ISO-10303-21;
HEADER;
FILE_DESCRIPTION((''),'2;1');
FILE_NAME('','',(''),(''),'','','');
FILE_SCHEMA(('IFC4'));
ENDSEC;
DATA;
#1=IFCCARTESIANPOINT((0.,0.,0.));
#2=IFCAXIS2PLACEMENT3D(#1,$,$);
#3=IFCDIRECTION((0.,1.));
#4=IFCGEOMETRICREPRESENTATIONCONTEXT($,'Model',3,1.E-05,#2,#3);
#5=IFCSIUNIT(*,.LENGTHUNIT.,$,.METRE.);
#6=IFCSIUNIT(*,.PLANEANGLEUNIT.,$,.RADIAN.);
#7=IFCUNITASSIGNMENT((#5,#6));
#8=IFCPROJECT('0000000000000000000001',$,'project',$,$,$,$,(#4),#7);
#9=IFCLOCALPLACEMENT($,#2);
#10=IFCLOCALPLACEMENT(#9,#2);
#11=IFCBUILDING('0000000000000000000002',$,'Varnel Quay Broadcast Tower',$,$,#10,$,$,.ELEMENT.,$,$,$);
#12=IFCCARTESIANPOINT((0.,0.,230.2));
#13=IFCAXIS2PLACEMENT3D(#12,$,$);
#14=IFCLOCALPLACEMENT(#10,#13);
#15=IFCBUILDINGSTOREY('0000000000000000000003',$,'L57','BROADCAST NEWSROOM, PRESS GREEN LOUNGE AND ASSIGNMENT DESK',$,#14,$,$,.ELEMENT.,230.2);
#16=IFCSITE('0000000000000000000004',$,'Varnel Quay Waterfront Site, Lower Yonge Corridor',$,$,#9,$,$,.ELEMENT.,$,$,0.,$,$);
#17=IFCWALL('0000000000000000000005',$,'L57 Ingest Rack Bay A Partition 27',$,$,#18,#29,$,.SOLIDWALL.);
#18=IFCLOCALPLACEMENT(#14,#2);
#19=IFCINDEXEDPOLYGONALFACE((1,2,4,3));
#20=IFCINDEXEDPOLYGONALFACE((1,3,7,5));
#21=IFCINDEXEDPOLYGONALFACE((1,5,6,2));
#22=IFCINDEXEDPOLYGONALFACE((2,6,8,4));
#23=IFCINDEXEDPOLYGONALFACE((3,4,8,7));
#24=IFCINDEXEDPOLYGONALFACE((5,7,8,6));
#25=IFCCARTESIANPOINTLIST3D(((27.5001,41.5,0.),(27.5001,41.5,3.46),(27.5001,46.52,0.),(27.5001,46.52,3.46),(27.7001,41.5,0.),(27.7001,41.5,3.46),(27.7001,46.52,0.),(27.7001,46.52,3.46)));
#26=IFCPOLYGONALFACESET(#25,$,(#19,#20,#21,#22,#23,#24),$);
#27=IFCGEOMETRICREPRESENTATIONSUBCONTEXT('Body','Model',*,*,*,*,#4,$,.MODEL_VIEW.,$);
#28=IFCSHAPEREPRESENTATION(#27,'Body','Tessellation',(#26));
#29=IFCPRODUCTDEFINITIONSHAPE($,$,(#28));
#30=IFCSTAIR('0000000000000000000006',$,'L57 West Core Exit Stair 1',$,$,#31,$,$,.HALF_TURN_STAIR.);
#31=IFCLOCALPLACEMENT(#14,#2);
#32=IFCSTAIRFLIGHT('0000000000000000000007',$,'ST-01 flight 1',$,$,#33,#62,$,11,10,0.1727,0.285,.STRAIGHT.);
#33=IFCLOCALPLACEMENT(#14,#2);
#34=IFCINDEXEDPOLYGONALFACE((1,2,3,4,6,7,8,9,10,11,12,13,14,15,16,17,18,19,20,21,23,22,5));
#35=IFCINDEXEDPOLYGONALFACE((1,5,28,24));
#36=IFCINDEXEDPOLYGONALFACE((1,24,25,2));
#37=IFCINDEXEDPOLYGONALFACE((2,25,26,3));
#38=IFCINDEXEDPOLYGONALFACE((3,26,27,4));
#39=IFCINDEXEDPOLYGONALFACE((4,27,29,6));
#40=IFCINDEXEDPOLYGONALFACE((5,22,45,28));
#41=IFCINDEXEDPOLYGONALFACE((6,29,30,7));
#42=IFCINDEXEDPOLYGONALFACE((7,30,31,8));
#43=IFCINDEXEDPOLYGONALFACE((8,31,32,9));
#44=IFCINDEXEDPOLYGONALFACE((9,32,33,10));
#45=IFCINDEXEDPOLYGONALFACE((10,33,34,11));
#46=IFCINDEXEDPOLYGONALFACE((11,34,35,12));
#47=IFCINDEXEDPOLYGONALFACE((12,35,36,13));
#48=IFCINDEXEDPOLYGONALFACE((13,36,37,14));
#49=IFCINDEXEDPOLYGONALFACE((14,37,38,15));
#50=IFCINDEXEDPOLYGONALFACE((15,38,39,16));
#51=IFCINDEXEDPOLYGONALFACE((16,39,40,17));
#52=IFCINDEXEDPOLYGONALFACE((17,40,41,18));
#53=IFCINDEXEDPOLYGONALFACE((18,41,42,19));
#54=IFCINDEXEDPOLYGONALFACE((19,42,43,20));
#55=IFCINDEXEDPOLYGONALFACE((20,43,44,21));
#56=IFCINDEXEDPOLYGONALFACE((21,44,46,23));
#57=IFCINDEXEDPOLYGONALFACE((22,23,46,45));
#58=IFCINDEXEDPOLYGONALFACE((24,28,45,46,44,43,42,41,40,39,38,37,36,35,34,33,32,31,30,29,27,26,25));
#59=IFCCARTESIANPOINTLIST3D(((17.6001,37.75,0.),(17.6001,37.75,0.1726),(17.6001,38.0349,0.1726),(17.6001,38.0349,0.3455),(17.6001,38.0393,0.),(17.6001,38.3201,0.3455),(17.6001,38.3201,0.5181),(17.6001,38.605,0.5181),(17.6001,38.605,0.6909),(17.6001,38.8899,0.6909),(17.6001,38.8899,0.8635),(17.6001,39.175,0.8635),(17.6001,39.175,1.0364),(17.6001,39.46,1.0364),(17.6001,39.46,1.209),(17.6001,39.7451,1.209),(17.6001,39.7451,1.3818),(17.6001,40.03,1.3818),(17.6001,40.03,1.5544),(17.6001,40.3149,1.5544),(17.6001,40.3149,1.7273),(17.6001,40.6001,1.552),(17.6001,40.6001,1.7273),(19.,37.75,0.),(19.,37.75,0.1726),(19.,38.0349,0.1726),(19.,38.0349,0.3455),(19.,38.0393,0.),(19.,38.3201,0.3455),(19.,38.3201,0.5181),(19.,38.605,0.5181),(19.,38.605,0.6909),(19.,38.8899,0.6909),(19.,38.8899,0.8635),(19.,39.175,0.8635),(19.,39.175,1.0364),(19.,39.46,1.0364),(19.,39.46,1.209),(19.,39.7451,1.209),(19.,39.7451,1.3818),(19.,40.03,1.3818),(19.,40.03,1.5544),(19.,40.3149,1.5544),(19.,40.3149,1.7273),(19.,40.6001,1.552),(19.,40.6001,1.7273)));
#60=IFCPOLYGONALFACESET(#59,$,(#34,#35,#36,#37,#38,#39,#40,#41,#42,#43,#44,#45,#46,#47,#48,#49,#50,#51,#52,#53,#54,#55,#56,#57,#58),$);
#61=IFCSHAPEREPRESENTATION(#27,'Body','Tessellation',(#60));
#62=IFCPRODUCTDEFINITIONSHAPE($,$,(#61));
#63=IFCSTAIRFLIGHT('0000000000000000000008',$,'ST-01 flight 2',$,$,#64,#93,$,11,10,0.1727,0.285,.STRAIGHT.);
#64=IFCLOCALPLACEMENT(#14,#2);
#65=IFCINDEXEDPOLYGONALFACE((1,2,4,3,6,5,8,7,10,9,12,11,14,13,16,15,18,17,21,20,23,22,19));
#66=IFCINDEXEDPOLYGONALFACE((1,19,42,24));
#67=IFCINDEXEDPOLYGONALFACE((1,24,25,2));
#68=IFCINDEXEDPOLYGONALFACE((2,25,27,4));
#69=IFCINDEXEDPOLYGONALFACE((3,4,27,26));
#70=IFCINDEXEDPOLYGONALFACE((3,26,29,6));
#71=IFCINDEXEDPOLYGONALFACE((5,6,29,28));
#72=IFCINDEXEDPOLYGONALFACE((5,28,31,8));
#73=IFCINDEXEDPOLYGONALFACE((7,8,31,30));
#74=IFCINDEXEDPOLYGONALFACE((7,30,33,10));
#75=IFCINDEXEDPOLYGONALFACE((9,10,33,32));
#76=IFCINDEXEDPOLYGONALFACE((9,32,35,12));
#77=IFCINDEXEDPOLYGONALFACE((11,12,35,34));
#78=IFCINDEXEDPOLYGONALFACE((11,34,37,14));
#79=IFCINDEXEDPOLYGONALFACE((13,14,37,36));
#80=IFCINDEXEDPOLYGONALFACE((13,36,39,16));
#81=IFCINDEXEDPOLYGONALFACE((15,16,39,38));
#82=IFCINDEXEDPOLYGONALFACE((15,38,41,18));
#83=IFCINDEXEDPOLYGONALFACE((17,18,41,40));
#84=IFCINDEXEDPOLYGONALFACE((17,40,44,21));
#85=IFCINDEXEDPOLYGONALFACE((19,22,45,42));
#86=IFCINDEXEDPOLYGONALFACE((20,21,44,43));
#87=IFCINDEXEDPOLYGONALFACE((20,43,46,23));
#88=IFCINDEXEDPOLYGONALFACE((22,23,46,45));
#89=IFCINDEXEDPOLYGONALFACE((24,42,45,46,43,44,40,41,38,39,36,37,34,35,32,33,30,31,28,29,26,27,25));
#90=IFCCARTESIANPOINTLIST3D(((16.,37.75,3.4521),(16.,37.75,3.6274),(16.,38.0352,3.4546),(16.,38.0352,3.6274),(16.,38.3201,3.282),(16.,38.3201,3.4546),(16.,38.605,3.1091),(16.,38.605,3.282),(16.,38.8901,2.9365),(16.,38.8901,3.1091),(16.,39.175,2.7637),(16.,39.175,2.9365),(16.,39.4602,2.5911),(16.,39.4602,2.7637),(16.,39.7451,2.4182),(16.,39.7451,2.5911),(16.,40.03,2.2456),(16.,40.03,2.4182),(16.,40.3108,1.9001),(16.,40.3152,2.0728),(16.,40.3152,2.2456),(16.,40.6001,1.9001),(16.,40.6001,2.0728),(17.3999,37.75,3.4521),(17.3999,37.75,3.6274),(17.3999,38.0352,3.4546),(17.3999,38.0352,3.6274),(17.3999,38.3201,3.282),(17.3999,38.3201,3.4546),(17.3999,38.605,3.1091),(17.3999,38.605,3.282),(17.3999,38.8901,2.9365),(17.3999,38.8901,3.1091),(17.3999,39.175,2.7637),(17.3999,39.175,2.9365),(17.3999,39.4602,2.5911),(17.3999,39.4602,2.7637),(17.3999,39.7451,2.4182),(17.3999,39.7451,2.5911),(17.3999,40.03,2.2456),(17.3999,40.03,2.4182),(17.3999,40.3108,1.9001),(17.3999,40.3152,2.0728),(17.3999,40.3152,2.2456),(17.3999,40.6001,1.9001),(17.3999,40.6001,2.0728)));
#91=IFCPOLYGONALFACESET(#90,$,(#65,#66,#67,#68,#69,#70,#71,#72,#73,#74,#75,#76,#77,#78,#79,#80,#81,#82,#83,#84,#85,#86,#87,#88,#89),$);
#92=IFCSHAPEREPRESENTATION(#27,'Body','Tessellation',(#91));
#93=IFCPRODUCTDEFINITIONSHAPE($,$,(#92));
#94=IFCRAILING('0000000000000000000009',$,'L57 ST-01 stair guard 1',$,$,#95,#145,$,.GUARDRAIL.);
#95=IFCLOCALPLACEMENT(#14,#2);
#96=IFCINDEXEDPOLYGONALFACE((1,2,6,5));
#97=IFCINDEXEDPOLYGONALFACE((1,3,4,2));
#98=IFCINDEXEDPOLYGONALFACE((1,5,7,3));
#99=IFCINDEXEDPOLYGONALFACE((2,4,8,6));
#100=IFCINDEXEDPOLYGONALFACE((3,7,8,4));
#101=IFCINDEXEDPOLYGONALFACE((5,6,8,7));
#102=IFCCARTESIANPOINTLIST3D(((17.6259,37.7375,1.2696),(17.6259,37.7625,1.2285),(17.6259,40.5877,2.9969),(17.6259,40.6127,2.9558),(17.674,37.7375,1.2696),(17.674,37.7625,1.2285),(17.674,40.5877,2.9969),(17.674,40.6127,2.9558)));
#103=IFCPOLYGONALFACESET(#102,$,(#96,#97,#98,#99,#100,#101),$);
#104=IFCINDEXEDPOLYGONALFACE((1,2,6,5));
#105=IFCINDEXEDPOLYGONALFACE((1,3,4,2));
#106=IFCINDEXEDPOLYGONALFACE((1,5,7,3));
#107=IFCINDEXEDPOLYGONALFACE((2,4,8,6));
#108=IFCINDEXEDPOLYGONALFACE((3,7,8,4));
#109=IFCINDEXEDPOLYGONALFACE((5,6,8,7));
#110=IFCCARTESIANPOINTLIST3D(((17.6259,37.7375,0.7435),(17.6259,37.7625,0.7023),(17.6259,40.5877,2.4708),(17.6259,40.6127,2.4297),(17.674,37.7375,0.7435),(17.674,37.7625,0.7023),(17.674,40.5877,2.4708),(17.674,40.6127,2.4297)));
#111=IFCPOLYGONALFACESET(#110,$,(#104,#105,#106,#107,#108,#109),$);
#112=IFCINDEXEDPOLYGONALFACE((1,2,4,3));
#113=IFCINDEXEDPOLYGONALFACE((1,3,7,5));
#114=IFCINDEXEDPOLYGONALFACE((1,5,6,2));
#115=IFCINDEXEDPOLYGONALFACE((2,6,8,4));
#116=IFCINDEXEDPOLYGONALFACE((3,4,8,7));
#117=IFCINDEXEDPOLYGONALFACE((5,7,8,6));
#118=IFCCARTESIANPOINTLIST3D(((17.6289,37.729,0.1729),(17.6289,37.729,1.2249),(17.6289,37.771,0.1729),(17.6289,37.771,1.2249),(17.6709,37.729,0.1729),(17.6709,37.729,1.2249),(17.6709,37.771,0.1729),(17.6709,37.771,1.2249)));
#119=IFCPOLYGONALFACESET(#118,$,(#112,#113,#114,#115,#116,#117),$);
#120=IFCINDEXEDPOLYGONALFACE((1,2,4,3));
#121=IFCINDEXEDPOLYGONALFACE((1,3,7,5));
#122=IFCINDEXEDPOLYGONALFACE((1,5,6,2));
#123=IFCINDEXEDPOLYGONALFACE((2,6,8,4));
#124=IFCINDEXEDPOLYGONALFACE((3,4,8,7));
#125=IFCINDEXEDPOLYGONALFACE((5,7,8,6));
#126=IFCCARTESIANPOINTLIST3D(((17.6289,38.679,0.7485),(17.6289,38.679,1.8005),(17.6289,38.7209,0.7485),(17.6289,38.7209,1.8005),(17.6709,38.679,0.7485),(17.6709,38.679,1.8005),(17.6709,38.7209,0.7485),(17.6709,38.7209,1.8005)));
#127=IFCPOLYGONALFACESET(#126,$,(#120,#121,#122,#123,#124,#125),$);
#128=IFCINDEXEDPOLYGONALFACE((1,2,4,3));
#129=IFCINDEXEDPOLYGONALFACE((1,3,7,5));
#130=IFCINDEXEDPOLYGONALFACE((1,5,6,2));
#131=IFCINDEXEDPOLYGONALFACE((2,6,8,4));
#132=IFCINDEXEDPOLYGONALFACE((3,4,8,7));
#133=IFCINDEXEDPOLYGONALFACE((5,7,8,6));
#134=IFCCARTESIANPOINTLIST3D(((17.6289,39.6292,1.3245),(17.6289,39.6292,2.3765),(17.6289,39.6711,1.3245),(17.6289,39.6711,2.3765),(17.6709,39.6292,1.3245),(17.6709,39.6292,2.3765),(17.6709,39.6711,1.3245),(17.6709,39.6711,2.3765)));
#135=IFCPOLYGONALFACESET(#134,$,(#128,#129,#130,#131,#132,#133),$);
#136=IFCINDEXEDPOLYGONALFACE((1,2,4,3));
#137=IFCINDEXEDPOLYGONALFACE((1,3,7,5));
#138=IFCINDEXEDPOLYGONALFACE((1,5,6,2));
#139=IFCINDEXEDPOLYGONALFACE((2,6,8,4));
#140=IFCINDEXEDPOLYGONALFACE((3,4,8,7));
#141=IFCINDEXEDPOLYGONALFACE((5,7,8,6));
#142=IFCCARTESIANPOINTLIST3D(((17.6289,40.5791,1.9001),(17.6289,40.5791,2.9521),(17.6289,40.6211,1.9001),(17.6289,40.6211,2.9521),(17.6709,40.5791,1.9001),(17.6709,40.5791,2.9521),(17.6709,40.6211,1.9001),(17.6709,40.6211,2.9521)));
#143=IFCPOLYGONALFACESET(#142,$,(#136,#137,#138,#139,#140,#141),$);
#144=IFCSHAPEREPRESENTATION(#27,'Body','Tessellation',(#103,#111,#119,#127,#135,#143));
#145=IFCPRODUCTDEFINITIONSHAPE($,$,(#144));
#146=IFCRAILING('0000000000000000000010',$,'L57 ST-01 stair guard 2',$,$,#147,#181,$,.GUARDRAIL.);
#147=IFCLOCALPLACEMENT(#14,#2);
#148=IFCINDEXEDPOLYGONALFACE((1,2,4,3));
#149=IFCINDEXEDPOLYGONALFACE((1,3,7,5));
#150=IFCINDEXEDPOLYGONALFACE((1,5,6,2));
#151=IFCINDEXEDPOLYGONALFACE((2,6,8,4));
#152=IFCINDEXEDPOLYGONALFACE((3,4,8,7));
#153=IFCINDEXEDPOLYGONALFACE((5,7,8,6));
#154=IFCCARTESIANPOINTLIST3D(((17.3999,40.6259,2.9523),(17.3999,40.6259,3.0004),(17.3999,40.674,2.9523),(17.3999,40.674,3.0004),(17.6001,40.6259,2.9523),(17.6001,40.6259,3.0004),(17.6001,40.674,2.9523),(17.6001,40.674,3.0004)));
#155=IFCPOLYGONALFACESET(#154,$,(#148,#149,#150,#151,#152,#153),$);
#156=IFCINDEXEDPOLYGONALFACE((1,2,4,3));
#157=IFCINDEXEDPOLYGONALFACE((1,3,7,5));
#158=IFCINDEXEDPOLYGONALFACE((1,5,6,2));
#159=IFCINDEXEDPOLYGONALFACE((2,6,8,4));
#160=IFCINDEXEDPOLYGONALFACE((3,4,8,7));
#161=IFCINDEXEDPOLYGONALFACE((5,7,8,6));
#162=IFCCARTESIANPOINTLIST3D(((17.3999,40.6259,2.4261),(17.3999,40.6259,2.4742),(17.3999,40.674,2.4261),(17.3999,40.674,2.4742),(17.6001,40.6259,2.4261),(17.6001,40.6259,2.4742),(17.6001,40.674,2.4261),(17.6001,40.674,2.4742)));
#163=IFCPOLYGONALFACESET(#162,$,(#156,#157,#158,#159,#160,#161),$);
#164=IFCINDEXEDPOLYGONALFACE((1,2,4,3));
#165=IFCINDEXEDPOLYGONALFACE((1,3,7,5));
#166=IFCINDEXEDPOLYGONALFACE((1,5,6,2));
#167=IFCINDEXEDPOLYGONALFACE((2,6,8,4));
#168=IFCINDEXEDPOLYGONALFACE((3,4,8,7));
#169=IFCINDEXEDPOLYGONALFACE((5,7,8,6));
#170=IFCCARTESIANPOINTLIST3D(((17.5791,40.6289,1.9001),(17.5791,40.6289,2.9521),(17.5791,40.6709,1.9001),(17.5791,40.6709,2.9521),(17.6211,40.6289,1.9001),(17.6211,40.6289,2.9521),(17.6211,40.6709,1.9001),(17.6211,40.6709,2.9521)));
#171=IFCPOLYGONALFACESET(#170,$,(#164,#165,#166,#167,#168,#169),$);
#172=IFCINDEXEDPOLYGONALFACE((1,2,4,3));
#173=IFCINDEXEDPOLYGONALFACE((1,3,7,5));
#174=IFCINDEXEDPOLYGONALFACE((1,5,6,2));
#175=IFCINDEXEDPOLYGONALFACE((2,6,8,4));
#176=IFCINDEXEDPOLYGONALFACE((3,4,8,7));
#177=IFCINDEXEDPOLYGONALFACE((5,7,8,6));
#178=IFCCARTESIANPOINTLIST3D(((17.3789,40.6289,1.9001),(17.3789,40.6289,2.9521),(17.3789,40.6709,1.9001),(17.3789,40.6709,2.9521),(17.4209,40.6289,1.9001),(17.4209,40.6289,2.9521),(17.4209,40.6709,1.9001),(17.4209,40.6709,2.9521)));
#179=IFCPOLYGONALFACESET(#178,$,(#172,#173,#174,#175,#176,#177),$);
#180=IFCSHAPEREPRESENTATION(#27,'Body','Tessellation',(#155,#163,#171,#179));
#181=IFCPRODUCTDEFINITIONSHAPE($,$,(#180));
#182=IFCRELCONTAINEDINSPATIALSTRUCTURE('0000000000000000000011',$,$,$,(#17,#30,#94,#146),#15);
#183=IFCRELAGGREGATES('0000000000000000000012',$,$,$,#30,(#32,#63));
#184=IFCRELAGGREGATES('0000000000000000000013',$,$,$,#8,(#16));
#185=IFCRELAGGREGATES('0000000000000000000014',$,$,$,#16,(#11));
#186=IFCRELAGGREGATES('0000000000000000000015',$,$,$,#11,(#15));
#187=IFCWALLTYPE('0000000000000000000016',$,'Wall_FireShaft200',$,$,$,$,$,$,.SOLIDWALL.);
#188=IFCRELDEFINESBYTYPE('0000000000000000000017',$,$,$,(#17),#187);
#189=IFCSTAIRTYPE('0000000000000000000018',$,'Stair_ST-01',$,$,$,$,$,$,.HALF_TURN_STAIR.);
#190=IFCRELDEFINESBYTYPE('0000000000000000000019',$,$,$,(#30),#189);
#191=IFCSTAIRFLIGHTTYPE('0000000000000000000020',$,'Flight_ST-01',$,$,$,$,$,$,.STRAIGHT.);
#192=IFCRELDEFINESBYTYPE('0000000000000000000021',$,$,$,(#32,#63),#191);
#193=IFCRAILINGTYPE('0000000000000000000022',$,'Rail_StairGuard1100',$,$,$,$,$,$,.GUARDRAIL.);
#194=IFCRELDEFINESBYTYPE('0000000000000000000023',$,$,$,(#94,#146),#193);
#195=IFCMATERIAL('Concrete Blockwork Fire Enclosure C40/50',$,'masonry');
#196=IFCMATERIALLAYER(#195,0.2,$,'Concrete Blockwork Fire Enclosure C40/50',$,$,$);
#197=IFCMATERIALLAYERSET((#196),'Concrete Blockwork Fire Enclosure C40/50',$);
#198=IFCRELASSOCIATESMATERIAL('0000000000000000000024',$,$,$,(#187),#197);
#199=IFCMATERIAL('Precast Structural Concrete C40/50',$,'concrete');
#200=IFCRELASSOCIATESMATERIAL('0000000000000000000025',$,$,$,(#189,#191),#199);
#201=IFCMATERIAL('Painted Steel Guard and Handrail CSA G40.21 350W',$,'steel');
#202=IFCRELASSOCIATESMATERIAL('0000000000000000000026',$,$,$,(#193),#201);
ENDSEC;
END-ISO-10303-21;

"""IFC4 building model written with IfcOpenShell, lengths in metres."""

from ifc_helpers import new_model, si_unit, direction, frame, frame_2d, origin, origin_2d, place, context, subcontext, project, spatial, polyline, rectangle, outline, extrude, material, layer, layer_set, type_object, element, aggregate, save


model = new_model("IFC4")

# Units and contexts
model_context = context("Model", 3, precision=1e-05, world=origin(), true_north=direction((0.0, 1.0)))
body_context = subcontext(model_context, "Body", "Model", "MODEL_VIEW")
ifc_project = project(units=[si_unit("LENGTHUNIT", "METRE"), si_unit("PLANEANGLEUNIT", "RADIAN")], contexts=[model_context])

# Site, building, storey
site_placement = place(None, origin())
site = spatial("IfcSite", under=ifc_project, at=site_placement, Name="Varnel Quay Waterfront Site, Lower Yonge Corridor", CompositionType="ELEMENT", RefElevation=0.0)
building_placement = place(site_placement, origin())
building = spatial("IfcBuilding", under=site, at=building_placement, Name="Varnel Quay Broadcast Tower", CompositionType="ELEMENT")
storey_placement = place(building_placement, frame((0.0, 0.0, 230.2)))
storey = spatial("IfcBuildingStorey", under=building, at=storey_placement, Name="L57", Description="BROADCAST NEWSROOM, PRESS GREEN LOUNGE AND ASSIGNMENT DESK", CompositionType="ELEMENT", Elevation=230.2)

# Wall
ifc_material_1 = material(Name="Concrete Blockwork Fire Enclosure C40/50", Category="masonry")
ifc_layer_1 = layer(ifc_material_1, 0.2, Name="Concrete Blockwork Fire Enclosure C40/50")
ifc_layer_set_1 = layer_set([ifc_layer_1], Name="Concrete Blockwork Fire Enclosure C40/50")
wall_type_1 = type_object("IfcWallType", Name="Wall_FireShaft200", PredefinedType="SOLIDWALL", material=ifc_layer_set_1)
wall_1_placement = place(storey_placement, frame((27.6001, 41.5, 0.0), z_axis=(0.0, 0.0, 1.0), x_axis=(0.0, 1.0, 0.0)))
element("IfcWall", 1, at=wall_1_placement, inside=storey, type_object=wall_type_1, Name="L57 Ingest Rack Bay A Partition 27", PredefinedType="SOLIDWALL", context=body_context, shape_type="SweptSolid", body=[
    extrude(rectangle(XDim=5.02, YDim=0.2, at=frame_2d((2.51, 0.0))), origin(), (0.0, 0.0, 1.0), 3.46),
])

# Stair, stair flights
ifc_material_2 = material(Name="Precast Structural Concrete C40/50", Category="concrete")
stair_type = type_object("IfcStairType", Name="Stair_ST-01", PredefinedType="HALF_TURN_STAIR", material=ifc_material_2)
stair_placement = place(storey_placement, origin())
stair = element("IfcStair", 2, at=stair_placement, inside=storey, type_object=stair_type, Name="L57 West Core Exit Stair 1", PredefinedType="HALF_TURN_STAIR")
stair_flight_type = type_object("IfcStairFlightType", Name="Flight_ST-01", PredefinedType="STRAIGHT", material=ifc_material_2)
stair_flight_1_placement = place(storey_placement, frame((18.3, 37.75, 0.0), z_axis=(0.0, 0.0, 1.0), x_axis=(0.0, 1.0, 0.0)))
stair_flight_1 = element("IfcStairFlight", 3, at=stair_flight_1_placement, type_object=stair_flight_type, Name="ST-01 flight 1", NumberOfRisers=11, NumberOfTreads=10, PredefinedType="STRAIGHT", RiserHeight=0.1727, TreadLength=0.285, context=body_context, shape_type="SweptSolid", body=[
    extrude(outline(polyline([(0.0, 0.0), (0.0, 0.1726), (0.2849, 0.1726), (0.2849, 0.3455), (0.5701, 0.3455), (0.5701, 0.5181), (0.855, 0.5181), (0.855, 0.6909), (1.1399, 0.6909), (1.1399, 0.8635), (1.425, 0.8635), (1.425, 1.0364), (1.71, 1.0364), (1.71, 1.209), (1.9951, 1.209), (1.9951, 1.3818), (2.28, 1.3818), (2.28, 1.5544), (2.5649, 1.5544), (2.5649, 1.7273), (2.8501, 1.7273), (2.8501, 1.8999), (2.8501, 1.552), (0.2893, 0.0), (0.0, 0.0)])), frame((0.0, 0.7, 0.0), z_axis=(0.0, -1.0, 0.0), x_axis=(1.0, 0.0, 0.0)), (0.0, 0.0, 1.0), 1.3999),
])
stair_flight_2_placement = place(storey_placement, frame((16.7, 40.6001, 1.9001), z_axis=(0.0, 0.0, 1.0), x_axis=(0.0, -1.0, 0.0)))
stair_flight_2 = element("IfcStairFlight", 4, at=stair_flight_2_placement, type_object=stair_flight_type, Name="ST-01 flight 2", NumberOfRisers=11, NumberOfTreads=10, PredefinedType="STRAIGHT", RiserHeight=0.1727, TreadLength=0.285, context=body_context, shape_type="SweptSolid", body=[
    extrude(outline(polyline([(0.0, 0.0), (0.0, 0.1726), (0.2849, 0.1726), (0.2849, 0.3455), (0.5701, 0.3455), (0.5701, 0.5181), (0.855, 0.5181), (0.855, 0.6909), (1.1399, 0.6909), (1.1399, 0.8635), (1.425, 0.8635), (1.425, 1.0364), (1.71, 1.0364), (1.71, 1.209), (1.9951, 1.209), (1.9951, 1.3818), (2.28, 1.3818), (2.28, 1.5544), (2.5649, 1.5544), (2.5649, 1.7273), (2.8501, 1.7273), (2.8501, 1.8999), (2.8501, 1.552), (0.2893, 0.0), (0.0, 0.0)])), frame((0.0, 0.7, 0.0), z_axis=(0.0, -1.0, 0.0), x_axis=(1.0, 0.0, 0.0)), (0.0, 0.0, 1.0), 1.3999),
])
aggregate(stair, [stair_flight_1, stair_flight_2])

# Railings
ifc_material_3 = material(Name="Painted Steel Guard and Handrail CSA G40.21 350W", Category="steel")
railing_type_1 = type_object("IfcRailingType", Name="Rail_StairGuard1100", PredefinedType="GUARDRAIL", material=ifc_material_3)
railing_1_placement = place(storey_placement, frame((17.6499, 37.75, 0.1729)))
element("IfcRailing", 5, at=railing_1_placement, inside=storey, type_object=railing_type_1, Name="L57 ST-01 stair guard 1", PredefinedType="GUARDRAIL", context=body_context, shape_type="SweptSolid", body=[
    extrude(rectangle(XDim=0.0481, YDim=0.0481, at=origin_2d()), frame((0.0, 0.0, 1.0762), z_axis=(0.0, 0.855203, 0.518294), x_axis=(-1.0, 0.0, 0.0)), (0.0, 0.0, 1.0), 3.3328),
    extrude(rectangle(XDim=0.0481, YDim=0.0481, at=origin_2d()), frame((0.0, 0.0, 0.55), z_axis=(0.0, 0.855203, 0.518294), x_axis=(-1.0, 0.0, 0.0)), (0.0, 0.0, 1.0), 3.3328),
    extrude(rectangle(XDim=0.042, YDim=0.042, at=origin_2d()), origin(), (0.0, 0.0, 1.0), 1.052),
    extrude(rectangle(XDim=0.042, YDim=0.042, at=origin_2d()), frame((0.0, 0.95, 0.5757)), (0.0, 0.0, 1.0), 1.052),
    extrude(rectangle(XDim=0.042, YDim=0.042, at=origin_2d()), frame((0.0, 1.9001, 1.1516)), (0.0, 0.0, 1.0), 1.052),
    extrude(rectangle(XDim=0.042, YDim=0.042, at=origin_2d()), frame((0.0, 2.8501, 1.7273)), (0.0, 0.0, 1.0), 1.052),
])
railing_2_placement = place(storey_placement, frame((17.6001, 40.6499, 1.9001)))
element("IfcRailing", 6, at=railing_2_placement, inside=storey, type_object=railing_type_1, Name="L57 ST-01 stair guard 2", PredefinedType="GUARDRAIL", context=body_context, shape_type="SweptSolid", body=[
    extrude(rectangle(XDim=0.0481, YDim=0.0481, at=origin_2d()), frame((0.0, 0.0, 1.0762), z_axis=(-1.0, 0.0, 0.0), x_axis=(0.0, -1.0, 0.0)), (0.0, 0.0, 1.0), 0.2002),
    extrude(rectangle(XDim=0.0481, YDim=0.0481, at=origin_2d()), frame((0.0, 0.0, 0.55), z_axis=(-1.0, 0.0, 0.0), x_axis=(0.0, -1.0, 0.0)), (0.0, 0.0, 1.0), 0.2002),
    extrude(rectangle(XDim=0.042, YDim=0.042, at=origin_2d()), origin(), (0.0, 0.0, 1.0), 1.052),
    extrude(rectangle(XDim=0.042, YDim=0.042, at=origin_2d()), frame((-0.2002, 0.0, 0.0)), (0.0, 0.0, 1.0), 1.052),
])

save(model, "model.ifc")
